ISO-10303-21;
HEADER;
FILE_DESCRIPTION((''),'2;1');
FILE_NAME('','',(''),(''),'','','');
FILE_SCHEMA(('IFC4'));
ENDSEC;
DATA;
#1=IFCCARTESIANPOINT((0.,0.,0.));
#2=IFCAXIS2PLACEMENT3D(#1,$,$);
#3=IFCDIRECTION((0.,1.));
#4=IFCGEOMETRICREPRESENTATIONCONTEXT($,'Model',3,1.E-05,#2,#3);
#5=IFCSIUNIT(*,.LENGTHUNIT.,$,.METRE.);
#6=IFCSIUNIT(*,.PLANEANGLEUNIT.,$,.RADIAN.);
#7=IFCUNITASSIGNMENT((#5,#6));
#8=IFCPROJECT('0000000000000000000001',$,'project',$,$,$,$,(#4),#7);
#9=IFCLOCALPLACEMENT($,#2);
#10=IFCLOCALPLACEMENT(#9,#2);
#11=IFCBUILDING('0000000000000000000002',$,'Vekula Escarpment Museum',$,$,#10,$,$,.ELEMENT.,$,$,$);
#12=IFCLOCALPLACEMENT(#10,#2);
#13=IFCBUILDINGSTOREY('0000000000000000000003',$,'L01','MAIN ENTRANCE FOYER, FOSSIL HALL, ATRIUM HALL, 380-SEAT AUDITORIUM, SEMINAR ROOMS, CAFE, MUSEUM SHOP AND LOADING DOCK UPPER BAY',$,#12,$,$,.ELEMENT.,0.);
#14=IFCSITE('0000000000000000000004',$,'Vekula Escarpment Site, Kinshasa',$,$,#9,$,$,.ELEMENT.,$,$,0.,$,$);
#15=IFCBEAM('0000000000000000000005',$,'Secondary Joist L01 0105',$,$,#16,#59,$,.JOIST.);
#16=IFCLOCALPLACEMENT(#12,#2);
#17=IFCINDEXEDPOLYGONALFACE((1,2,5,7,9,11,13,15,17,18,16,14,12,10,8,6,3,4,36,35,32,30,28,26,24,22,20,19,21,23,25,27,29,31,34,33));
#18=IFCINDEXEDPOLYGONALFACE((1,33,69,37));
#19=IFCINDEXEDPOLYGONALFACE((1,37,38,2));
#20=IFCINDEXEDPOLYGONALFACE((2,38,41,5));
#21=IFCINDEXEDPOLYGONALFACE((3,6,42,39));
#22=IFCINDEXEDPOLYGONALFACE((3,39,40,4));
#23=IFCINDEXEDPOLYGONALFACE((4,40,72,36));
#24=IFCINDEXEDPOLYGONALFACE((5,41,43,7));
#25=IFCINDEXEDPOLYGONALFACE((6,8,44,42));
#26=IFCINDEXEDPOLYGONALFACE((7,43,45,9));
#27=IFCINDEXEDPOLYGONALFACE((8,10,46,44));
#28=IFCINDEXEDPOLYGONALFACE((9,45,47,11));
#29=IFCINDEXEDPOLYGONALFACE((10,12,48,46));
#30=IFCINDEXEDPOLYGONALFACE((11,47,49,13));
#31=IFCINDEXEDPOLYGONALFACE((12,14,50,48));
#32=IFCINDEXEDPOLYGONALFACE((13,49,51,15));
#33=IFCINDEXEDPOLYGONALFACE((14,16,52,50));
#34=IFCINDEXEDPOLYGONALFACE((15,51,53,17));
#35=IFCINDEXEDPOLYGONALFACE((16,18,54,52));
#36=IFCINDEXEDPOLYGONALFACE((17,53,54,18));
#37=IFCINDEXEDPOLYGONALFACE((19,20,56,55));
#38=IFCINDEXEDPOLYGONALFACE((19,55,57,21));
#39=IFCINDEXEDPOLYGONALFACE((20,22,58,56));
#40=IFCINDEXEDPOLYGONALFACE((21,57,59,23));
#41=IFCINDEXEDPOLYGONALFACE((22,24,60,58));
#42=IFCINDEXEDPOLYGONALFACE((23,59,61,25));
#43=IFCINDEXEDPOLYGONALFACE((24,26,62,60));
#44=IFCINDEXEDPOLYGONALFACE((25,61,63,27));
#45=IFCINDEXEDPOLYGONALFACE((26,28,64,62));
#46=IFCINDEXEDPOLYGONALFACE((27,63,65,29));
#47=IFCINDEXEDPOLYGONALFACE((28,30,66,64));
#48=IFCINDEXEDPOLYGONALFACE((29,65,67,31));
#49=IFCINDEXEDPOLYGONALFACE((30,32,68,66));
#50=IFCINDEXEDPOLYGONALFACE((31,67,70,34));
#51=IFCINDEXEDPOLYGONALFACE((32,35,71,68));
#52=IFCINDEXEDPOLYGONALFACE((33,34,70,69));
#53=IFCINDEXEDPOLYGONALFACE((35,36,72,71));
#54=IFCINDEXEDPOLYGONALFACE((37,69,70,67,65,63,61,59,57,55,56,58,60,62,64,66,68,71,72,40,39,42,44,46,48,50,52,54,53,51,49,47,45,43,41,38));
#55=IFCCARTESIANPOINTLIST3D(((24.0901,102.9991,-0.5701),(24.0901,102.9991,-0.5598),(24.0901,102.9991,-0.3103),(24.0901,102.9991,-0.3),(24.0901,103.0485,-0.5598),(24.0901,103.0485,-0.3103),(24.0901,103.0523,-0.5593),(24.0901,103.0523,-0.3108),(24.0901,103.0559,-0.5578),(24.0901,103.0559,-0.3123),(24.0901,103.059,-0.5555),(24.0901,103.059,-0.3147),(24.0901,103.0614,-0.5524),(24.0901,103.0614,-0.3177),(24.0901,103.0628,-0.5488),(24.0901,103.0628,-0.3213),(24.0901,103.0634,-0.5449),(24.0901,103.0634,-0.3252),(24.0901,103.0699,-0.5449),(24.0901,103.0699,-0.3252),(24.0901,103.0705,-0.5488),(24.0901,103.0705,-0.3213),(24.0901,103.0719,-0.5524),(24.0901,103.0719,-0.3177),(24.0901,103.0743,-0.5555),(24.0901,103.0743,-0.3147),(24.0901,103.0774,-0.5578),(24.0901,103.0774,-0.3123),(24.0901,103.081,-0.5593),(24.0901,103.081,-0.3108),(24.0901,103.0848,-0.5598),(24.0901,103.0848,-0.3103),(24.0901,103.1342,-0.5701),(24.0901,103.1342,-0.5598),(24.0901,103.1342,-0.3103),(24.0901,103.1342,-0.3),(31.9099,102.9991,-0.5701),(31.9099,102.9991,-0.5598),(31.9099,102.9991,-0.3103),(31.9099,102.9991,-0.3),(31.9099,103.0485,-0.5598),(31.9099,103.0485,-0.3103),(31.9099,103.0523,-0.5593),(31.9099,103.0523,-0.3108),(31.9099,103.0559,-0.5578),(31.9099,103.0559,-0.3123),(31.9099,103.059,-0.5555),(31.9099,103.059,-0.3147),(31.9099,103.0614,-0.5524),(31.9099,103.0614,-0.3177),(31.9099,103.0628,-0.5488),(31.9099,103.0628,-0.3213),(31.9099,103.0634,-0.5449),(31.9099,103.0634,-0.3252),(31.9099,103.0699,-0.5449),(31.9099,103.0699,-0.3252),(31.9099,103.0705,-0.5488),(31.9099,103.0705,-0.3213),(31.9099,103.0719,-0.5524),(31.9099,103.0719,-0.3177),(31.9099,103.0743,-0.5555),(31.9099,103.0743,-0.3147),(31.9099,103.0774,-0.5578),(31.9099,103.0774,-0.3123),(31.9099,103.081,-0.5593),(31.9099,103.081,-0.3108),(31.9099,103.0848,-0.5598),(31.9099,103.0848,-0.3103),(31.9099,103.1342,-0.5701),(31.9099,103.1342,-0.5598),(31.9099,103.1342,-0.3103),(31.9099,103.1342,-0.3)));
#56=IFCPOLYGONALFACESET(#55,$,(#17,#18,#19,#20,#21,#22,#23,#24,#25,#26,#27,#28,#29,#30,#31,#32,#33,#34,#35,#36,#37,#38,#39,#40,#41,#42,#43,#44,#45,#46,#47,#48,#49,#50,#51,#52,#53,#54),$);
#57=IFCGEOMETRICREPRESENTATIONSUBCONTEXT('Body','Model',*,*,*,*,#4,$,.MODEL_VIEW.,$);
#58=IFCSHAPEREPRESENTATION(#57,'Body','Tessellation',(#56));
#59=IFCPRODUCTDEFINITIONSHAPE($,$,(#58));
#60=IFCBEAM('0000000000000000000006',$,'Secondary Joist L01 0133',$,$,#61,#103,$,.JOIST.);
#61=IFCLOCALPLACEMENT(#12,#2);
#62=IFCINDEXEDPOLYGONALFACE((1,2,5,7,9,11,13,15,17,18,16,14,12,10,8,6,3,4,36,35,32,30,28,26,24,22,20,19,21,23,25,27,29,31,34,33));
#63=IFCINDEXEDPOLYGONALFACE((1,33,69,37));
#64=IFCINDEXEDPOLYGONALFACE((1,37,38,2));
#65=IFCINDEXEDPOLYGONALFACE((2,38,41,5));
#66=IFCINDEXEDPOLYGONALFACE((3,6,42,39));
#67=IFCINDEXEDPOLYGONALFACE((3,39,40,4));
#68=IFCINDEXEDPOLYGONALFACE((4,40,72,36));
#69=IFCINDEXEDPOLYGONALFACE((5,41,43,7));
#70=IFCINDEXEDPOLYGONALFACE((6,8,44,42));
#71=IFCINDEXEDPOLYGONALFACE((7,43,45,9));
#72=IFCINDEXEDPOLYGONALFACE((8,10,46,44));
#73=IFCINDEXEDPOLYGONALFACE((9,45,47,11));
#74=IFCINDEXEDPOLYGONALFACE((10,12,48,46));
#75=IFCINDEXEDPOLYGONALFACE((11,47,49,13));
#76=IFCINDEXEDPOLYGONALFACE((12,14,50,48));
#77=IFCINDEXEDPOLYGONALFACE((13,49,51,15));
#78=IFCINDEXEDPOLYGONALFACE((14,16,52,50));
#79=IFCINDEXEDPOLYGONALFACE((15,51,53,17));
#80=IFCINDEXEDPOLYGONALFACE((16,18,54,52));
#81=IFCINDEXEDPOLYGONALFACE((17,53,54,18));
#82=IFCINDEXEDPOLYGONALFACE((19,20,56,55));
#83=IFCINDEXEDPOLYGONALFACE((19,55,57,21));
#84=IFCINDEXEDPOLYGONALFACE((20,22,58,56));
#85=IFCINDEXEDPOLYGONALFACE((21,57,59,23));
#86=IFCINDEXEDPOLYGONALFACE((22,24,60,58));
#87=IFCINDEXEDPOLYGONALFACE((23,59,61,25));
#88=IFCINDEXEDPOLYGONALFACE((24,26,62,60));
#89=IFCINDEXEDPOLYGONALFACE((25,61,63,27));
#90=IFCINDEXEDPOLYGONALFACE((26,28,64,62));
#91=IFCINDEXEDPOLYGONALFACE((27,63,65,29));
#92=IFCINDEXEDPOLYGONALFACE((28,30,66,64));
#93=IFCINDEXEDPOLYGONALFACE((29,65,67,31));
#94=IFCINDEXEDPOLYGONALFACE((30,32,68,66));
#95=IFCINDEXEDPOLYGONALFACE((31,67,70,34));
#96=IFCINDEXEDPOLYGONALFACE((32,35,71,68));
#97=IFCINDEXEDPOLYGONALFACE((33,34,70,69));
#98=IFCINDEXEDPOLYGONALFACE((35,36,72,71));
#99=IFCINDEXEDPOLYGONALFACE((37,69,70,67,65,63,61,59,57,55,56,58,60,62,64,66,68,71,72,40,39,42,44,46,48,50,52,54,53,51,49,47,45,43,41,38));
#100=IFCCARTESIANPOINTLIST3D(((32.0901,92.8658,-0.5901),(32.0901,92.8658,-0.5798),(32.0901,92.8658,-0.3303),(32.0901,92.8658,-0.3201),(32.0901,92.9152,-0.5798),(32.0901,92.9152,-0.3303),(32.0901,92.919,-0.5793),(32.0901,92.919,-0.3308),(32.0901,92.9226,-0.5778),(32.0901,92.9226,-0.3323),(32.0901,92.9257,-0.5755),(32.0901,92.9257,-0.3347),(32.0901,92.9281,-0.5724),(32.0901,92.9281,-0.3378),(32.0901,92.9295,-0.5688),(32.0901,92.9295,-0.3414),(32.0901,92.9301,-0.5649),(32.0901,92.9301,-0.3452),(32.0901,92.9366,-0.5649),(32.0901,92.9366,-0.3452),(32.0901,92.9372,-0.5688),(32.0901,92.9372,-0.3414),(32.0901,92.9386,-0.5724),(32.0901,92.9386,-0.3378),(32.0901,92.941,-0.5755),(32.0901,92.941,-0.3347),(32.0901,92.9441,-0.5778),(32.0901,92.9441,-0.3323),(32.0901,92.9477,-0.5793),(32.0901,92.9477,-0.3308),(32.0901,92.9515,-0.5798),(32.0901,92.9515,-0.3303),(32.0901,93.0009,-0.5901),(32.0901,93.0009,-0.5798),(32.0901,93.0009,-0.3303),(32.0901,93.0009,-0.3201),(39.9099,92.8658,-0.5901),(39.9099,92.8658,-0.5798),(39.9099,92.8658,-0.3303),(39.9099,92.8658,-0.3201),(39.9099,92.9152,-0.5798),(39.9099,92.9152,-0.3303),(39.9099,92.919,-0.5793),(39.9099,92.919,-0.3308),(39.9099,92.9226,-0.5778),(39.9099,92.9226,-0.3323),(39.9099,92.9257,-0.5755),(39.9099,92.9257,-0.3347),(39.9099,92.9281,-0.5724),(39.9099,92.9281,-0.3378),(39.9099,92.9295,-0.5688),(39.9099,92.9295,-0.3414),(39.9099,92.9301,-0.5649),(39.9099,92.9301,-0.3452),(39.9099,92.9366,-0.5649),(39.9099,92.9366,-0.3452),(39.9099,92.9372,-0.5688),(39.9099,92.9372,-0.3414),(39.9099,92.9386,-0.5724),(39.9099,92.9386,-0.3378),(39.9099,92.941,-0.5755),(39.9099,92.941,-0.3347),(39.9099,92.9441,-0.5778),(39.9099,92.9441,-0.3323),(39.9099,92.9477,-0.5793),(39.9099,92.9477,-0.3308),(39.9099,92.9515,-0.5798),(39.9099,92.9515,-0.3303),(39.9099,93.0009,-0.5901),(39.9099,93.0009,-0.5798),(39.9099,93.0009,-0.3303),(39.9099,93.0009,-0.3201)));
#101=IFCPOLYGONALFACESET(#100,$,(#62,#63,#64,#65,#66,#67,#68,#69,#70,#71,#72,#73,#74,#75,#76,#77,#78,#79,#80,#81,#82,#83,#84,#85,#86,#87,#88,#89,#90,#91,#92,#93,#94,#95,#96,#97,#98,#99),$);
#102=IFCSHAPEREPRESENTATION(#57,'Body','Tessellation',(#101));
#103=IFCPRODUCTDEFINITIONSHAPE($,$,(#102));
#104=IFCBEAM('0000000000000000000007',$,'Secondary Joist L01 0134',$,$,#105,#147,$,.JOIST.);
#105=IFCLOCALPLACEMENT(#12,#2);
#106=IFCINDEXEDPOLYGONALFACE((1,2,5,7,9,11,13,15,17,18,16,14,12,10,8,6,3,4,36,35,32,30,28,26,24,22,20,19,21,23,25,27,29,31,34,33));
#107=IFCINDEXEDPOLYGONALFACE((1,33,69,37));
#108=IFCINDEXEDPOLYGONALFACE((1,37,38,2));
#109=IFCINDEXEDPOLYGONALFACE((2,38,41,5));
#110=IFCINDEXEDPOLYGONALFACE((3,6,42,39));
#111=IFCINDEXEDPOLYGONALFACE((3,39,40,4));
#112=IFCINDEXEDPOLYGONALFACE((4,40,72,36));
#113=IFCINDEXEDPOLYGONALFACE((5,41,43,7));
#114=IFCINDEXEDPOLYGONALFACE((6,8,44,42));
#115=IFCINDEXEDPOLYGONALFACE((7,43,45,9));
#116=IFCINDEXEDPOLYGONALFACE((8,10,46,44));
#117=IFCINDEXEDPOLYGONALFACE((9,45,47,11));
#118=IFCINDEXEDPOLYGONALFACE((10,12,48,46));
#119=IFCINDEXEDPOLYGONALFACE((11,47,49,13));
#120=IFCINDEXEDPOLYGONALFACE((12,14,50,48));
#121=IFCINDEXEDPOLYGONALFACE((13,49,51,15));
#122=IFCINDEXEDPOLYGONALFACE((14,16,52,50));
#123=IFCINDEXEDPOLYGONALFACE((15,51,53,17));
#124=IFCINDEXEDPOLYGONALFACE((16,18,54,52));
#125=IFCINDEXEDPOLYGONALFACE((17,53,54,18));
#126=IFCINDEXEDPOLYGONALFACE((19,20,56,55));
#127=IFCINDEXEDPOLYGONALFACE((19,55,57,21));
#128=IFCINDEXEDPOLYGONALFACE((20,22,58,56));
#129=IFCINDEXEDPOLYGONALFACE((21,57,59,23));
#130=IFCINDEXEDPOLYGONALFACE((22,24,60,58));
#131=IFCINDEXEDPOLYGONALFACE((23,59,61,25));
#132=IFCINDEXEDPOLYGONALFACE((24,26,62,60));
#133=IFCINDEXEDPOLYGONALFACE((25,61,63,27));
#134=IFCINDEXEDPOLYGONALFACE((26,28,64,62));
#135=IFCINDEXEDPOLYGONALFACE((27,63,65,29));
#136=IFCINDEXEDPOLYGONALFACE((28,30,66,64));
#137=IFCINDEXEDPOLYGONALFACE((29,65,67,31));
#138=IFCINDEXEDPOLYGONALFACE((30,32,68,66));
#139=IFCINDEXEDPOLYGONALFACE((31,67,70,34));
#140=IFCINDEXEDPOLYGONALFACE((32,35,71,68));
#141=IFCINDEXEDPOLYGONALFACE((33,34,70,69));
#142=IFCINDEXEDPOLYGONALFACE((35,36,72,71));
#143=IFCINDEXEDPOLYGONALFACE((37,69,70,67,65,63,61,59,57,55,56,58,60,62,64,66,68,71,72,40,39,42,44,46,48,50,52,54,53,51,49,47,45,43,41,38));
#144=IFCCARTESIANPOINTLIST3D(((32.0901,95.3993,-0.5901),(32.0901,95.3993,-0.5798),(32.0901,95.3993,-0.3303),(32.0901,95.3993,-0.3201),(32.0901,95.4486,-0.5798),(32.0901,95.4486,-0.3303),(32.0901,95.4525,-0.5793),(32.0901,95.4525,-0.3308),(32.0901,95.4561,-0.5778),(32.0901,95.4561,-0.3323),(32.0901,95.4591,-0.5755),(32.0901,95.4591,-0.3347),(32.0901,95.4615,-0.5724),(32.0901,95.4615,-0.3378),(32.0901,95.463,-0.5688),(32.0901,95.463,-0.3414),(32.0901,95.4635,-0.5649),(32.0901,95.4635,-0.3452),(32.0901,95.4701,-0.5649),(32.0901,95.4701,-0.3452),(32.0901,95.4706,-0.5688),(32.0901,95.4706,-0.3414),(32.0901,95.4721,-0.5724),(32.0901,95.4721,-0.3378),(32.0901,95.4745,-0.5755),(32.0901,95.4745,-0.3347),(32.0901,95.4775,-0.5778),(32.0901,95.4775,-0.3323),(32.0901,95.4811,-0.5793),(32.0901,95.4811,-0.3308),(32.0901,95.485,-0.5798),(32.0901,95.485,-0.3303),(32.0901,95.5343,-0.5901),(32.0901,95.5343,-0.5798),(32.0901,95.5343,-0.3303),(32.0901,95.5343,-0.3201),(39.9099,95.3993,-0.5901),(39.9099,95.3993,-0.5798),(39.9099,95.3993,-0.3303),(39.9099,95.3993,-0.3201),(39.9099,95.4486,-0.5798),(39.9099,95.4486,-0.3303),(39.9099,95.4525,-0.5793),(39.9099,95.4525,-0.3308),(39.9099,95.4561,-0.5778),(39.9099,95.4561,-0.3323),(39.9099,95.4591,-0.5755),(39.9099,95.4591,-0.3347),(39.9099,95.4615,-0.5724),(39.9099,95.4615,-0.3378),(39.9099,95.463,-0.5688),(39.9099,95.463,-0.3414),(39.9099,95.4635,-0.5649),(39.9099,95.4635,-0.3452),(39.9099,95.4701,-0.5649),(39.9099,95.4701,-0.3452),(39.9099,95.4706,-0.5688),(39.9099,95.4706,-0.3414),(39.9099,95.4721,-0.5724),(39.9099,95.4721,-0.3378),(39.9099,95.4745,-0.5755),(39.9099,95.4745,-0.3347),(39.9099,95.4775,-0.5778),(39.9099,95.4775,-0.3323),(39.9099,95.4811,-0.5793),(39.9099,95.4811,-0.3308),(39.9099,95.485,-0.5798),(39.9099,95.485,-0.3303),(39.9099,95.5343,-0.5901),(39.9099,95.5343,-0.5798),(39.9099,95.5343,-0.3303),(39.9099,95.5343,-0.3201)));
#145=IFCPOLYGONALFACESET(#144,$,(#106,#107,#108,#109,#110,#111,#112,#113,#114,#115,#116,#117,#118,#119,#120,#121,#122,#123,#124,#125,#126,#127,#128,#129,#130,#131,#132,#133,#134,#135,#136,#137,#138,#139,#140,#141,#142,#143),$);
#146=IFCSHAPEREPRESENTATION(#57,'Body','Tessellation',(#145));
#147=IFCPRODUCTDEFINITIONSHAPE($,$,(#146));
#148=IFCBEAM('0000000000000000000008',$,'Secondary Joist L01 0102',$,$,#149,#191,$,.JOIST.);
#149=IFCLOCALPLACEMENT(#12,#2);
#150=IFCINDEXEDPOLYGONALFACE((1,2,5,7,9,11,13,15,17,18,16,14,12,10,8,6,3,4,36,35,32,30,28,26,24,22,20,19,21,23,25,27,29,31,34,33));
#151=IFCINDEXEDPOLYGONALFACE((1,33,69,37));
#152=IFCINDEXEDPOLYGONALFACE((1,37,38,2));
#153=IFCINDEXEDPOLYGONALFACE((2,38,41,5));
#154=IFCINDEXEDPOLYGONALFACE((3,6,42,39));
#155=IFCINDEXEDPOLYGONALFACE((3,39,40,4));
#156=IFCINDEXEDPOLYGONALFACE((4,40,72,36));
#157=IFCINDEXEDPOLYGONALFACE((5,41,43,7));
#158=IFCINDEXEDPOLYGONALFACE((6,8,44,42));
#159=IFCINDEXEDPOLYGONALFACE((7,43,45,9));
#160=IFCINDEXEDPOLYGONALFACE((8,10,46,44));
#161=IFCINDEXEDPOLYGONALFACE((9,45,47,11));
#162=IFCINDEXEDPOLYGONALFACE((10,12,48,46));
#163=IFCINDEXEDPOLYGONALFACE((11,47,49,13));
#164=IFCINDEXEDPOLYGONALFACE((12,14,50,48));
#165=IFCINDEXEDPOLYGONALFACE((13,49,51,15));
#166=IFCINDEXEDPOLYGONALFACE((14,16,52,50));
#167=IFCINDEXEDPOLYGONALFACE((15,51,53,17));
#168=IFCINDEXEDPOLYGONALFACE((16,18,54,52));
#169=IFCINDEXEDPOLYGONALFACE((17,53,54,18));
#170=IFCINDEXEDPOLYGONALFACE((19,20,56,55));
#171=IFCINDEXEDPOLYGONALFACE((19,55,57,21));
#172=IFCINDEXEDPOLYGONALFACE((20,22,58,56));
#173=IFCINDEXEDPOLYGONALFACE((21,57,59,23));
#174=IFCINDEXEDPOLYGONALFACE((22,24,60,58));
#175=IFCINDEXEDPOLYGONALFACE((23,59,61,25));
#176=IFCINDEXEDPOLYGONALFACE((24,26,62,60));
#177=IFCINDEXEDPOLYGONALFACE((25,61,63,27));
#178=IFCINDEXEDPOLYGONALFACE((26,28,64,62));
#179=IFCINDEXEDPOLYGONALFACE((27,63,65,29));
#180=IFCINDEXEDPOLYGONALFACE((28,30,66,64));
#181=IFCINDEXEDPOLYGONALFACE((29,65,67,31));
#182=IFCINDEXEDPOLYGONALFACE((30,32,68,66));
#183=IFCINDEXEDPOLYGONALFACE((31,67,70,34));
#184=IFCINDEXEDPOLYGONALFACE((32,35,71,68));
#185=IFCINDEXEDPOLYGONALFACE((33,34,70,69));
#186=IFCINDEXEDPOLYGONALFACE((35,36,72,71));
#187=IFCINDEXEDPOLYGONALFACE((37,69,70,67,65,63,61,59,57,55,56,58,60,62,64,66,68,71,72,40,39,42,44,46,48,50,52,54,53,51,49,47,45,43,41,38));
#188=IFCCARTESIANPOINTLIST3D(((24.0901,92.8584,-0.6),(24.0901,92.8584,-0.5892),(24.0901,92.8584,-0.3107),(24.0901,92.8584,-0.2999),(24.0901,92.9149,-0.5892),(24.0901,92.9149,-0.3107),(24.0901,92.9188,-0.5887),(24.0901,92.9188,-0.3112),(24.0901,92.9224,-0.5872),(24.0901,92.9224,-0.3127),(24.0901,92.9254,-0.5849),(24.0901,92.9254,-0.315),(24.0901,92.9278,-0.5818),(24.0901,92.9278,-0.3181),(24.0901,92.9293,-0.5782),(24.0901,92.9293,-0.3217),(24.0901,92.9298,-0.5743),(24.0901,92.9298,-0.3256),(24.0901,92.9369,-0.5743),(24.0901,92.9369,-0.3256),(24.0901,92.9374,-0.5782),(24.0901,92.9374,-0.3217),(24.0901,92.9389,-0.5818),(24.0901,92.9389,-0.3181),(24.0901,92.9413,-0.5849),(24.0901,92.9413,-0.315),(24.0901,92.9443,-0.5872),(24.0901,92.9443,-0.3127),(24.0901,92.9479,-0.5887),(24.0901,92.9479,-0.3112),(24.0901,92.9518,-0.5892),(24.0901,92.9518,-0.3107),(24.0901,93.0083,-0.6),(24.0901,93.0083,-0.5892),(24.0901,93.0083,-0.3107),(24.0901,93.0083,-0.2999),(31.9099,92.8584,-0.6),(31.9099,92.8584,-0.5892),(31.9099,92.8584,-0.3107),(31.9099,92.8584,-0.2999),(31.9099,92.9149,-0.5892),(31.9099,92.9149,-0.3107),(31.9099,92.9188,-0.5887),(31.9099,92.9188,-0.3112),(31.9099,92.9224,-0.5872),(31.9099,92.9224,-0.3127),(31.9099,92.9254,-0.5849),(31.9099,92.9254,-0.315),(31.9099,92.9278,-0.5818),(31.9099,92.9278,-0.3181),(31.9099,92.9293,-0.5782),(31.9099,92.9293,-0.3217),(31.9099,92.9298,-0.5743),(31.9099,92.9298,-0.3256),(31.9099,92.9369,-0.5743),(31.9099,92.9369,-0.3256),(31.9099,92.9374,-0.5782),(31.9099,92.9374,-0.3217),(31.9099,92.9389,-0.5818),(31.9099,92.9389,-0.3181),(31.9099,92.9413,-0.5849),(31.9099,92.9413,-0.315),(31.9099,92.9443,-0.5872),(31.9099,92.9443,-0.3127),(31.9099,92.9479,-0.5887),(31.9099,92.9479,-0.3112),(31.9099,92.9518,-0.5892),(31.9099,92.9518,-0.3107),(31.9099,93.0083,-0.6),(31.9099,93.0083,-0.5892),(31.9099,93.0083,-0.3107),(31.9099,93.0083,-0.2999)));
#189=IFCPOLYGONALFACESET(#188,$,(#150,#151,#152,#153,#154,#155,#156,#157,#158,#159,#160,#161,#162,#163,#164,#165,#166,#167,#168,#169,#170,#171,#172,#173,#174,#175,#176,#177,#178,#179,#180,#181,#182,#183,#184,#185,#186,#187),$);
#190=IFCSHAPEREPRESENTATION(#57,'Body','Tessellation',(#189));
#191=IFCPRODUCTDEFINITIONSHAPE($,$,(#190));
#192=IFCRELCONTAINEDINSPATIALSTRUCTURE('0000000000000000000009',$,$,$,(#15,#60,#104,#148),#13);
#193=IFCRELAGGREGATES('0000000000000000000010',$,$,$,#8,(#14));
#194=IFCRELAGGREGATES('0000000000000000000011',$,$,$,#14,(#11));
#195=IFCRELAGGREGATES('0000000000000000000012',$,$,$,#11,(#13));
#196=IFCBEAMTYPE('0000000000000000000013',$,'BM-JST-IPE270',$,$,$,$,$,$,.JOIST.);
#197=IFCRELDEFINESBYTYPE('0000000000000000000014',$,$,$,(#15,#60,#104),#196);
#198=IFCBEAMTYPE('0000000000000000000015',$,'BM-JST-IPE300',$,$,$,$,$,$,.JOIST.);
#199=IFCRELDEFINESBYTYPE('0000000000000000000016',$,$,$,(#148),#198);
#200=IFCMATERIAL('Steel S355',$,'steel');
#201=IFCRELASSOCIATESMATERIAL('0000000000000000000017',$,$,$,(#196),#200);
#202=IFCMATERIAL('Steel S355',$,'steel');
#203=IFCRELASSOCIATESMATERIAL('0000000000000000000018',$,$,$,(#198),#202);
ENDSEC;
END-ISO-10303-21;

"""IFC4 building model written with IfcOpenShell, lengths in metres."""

from ifc_helpers import new_model, si_unit, direction, frame, origin, origin_2d, place, context, subcontext, project, spatial, i_section, extrude, material, material_profile, profile_set, type_object, element, save


model = new_model("IFC4")

# Units and contexts
model_context = context("Model", 3, precision=1e-05, world=origin(), true_north=direction((0.0, 1.0)))
body_context = subcontext(model_context, "Body", "Model", "MODEL_VIEW")
ifc_project = project(units=[si_unit("LENGTHUNIT", "METRE"), si_unit("PLANEANGLEUNIT", "RADIAN")], contexts=[model_context])

# Site, building, storey
site_placement = place(None, origin())
site = spatial("IfcSite", under=ifc_project, at=site_placement, Name="Vekula Escarpment Site, Kinshasa", CompositionType="ELEMENT", RefElevation=0.0)
building_placement = place(site_placement, origin())
building = spatial("IfcBuilding", under=site, at=building_placement, Name="Vekula Escarpment Museum", CompositionType="ELEMENT")
storey_placement = place(building_placement, origin())
storey = spatial("IfcBuildingStorey", under=building, at=storey_placement, Name="L01", Description="MAIN ENTRANCE FOYER, FOSSIL HALL, ATRIUM HALL, 380-SEAT AUDITORIUM, SEMINAR ROOMS, CAFE, MUSEUM SHOP AND LOADING DOCK UPPER BAY", CompositionType="ELEMENT", Elevation=0.0)

# Beams
ifc_material_1 = material(Name="Steel S355", Category="steel")
ifc_material_profile_1 = material_profile(ifc_material_1, i_section(OverallWidth=0.135, OverallDepth=0.27, WebThickness=0.0066, FlangeThickness=0.0103, FilletRadius=0.0149, at=origin_2d()), Name="IPE 270")
ifc_profile_set_1 = profile_set([ifc_material_profile_1], Name="Steel S355")
beam_type_1 = type_object("IfcBeamType", Name="BM-JST-IPE270", PredefinedType="JOIST", material=ifc_profile_set_1)
for number, where, z_axis, x_axis, name in (
    (1, (24.0901, 103.0667, -0.4351), (1.0, 0.0, 0.0), (0.0, 1.0, 0.0), "Secondary Joist L01 0105"),
    (2, (32.0901, 92.9333, -0.4551), (1.0, 0.0, 0.0), (0.0, 1.0, 0.0), "Secondary Joist L01 0133"),
    (3, (32.0901, 95.4668, -0.4551), (1.0, 0.0, 0.0), (0.0, 1.0, 0.0), "Secondary Joist L01 0134"),
):
    element("IfcBeam", number, at=place(storey_placement, frame(where, z_axis=z_axis, x_axis=x_axis)), inside=storey, type_object=beam_type_1, Name=name, PredefinedType="JOIST", context=body_context, shape_type="SweptSolid", body=[
        extrude(i_section(OverallWidth=0.135, OverallDepth=0.27, WebThickness=0.0066, FlangeThickness=0.0103, FilletRadius=0.0149, at=origin_2d()), origin(), (0.0, 0.0, 1.0), 7.8198),
    ])
ifc_material_2 = material(Name="Steel S355", Category="steel")
ifc_material_profile_2 = material_profile(ifc_material_2, i_section(OverallWidth=0.1499, OverallDepth=0.3, WebThickness=0.0071, FlangeThickness=0.0107, FilletRadius=0.0149, at=origin_2d()), Name="IPE 300")
ifc_profile_set_2 = profile_set([ifc_material_profile_2], Name="Steel S355")
beam_type_2 = type_object("IfcBeamType", Name="BM-JST-IPE300", PredefinedType="JOIST", material=ifc_profile_set_2)
for number, where, z_axis, x_axis, name in (
    (4, (24.0901, 92.9333, -0.45), (1.0, 0.0, 0.0), (0.0, 1.0, 0.0), "Secondary Joist L01 0102"),
):
    element("IfcBeam", number, at=place(storey_placement, frame(where, z_axis=z_axis, x_axis=x_axis)), inside=storey, type_object=beam_type_2, Name=name, PredefinedType="JOIST", context=body_context, shape_type="SweptSolid", body=[
        extrude(i_section(OverallWidth=0.1499, OverallDepth=0.3, WebThickness=0.0071, FlangeThickness=0.0107, FilletRadius=0.0149, at=origin_2d()), origin(), (0.0, 0.0, 1.0), 7.8198),
    ])

save(model, "model.ifc")
